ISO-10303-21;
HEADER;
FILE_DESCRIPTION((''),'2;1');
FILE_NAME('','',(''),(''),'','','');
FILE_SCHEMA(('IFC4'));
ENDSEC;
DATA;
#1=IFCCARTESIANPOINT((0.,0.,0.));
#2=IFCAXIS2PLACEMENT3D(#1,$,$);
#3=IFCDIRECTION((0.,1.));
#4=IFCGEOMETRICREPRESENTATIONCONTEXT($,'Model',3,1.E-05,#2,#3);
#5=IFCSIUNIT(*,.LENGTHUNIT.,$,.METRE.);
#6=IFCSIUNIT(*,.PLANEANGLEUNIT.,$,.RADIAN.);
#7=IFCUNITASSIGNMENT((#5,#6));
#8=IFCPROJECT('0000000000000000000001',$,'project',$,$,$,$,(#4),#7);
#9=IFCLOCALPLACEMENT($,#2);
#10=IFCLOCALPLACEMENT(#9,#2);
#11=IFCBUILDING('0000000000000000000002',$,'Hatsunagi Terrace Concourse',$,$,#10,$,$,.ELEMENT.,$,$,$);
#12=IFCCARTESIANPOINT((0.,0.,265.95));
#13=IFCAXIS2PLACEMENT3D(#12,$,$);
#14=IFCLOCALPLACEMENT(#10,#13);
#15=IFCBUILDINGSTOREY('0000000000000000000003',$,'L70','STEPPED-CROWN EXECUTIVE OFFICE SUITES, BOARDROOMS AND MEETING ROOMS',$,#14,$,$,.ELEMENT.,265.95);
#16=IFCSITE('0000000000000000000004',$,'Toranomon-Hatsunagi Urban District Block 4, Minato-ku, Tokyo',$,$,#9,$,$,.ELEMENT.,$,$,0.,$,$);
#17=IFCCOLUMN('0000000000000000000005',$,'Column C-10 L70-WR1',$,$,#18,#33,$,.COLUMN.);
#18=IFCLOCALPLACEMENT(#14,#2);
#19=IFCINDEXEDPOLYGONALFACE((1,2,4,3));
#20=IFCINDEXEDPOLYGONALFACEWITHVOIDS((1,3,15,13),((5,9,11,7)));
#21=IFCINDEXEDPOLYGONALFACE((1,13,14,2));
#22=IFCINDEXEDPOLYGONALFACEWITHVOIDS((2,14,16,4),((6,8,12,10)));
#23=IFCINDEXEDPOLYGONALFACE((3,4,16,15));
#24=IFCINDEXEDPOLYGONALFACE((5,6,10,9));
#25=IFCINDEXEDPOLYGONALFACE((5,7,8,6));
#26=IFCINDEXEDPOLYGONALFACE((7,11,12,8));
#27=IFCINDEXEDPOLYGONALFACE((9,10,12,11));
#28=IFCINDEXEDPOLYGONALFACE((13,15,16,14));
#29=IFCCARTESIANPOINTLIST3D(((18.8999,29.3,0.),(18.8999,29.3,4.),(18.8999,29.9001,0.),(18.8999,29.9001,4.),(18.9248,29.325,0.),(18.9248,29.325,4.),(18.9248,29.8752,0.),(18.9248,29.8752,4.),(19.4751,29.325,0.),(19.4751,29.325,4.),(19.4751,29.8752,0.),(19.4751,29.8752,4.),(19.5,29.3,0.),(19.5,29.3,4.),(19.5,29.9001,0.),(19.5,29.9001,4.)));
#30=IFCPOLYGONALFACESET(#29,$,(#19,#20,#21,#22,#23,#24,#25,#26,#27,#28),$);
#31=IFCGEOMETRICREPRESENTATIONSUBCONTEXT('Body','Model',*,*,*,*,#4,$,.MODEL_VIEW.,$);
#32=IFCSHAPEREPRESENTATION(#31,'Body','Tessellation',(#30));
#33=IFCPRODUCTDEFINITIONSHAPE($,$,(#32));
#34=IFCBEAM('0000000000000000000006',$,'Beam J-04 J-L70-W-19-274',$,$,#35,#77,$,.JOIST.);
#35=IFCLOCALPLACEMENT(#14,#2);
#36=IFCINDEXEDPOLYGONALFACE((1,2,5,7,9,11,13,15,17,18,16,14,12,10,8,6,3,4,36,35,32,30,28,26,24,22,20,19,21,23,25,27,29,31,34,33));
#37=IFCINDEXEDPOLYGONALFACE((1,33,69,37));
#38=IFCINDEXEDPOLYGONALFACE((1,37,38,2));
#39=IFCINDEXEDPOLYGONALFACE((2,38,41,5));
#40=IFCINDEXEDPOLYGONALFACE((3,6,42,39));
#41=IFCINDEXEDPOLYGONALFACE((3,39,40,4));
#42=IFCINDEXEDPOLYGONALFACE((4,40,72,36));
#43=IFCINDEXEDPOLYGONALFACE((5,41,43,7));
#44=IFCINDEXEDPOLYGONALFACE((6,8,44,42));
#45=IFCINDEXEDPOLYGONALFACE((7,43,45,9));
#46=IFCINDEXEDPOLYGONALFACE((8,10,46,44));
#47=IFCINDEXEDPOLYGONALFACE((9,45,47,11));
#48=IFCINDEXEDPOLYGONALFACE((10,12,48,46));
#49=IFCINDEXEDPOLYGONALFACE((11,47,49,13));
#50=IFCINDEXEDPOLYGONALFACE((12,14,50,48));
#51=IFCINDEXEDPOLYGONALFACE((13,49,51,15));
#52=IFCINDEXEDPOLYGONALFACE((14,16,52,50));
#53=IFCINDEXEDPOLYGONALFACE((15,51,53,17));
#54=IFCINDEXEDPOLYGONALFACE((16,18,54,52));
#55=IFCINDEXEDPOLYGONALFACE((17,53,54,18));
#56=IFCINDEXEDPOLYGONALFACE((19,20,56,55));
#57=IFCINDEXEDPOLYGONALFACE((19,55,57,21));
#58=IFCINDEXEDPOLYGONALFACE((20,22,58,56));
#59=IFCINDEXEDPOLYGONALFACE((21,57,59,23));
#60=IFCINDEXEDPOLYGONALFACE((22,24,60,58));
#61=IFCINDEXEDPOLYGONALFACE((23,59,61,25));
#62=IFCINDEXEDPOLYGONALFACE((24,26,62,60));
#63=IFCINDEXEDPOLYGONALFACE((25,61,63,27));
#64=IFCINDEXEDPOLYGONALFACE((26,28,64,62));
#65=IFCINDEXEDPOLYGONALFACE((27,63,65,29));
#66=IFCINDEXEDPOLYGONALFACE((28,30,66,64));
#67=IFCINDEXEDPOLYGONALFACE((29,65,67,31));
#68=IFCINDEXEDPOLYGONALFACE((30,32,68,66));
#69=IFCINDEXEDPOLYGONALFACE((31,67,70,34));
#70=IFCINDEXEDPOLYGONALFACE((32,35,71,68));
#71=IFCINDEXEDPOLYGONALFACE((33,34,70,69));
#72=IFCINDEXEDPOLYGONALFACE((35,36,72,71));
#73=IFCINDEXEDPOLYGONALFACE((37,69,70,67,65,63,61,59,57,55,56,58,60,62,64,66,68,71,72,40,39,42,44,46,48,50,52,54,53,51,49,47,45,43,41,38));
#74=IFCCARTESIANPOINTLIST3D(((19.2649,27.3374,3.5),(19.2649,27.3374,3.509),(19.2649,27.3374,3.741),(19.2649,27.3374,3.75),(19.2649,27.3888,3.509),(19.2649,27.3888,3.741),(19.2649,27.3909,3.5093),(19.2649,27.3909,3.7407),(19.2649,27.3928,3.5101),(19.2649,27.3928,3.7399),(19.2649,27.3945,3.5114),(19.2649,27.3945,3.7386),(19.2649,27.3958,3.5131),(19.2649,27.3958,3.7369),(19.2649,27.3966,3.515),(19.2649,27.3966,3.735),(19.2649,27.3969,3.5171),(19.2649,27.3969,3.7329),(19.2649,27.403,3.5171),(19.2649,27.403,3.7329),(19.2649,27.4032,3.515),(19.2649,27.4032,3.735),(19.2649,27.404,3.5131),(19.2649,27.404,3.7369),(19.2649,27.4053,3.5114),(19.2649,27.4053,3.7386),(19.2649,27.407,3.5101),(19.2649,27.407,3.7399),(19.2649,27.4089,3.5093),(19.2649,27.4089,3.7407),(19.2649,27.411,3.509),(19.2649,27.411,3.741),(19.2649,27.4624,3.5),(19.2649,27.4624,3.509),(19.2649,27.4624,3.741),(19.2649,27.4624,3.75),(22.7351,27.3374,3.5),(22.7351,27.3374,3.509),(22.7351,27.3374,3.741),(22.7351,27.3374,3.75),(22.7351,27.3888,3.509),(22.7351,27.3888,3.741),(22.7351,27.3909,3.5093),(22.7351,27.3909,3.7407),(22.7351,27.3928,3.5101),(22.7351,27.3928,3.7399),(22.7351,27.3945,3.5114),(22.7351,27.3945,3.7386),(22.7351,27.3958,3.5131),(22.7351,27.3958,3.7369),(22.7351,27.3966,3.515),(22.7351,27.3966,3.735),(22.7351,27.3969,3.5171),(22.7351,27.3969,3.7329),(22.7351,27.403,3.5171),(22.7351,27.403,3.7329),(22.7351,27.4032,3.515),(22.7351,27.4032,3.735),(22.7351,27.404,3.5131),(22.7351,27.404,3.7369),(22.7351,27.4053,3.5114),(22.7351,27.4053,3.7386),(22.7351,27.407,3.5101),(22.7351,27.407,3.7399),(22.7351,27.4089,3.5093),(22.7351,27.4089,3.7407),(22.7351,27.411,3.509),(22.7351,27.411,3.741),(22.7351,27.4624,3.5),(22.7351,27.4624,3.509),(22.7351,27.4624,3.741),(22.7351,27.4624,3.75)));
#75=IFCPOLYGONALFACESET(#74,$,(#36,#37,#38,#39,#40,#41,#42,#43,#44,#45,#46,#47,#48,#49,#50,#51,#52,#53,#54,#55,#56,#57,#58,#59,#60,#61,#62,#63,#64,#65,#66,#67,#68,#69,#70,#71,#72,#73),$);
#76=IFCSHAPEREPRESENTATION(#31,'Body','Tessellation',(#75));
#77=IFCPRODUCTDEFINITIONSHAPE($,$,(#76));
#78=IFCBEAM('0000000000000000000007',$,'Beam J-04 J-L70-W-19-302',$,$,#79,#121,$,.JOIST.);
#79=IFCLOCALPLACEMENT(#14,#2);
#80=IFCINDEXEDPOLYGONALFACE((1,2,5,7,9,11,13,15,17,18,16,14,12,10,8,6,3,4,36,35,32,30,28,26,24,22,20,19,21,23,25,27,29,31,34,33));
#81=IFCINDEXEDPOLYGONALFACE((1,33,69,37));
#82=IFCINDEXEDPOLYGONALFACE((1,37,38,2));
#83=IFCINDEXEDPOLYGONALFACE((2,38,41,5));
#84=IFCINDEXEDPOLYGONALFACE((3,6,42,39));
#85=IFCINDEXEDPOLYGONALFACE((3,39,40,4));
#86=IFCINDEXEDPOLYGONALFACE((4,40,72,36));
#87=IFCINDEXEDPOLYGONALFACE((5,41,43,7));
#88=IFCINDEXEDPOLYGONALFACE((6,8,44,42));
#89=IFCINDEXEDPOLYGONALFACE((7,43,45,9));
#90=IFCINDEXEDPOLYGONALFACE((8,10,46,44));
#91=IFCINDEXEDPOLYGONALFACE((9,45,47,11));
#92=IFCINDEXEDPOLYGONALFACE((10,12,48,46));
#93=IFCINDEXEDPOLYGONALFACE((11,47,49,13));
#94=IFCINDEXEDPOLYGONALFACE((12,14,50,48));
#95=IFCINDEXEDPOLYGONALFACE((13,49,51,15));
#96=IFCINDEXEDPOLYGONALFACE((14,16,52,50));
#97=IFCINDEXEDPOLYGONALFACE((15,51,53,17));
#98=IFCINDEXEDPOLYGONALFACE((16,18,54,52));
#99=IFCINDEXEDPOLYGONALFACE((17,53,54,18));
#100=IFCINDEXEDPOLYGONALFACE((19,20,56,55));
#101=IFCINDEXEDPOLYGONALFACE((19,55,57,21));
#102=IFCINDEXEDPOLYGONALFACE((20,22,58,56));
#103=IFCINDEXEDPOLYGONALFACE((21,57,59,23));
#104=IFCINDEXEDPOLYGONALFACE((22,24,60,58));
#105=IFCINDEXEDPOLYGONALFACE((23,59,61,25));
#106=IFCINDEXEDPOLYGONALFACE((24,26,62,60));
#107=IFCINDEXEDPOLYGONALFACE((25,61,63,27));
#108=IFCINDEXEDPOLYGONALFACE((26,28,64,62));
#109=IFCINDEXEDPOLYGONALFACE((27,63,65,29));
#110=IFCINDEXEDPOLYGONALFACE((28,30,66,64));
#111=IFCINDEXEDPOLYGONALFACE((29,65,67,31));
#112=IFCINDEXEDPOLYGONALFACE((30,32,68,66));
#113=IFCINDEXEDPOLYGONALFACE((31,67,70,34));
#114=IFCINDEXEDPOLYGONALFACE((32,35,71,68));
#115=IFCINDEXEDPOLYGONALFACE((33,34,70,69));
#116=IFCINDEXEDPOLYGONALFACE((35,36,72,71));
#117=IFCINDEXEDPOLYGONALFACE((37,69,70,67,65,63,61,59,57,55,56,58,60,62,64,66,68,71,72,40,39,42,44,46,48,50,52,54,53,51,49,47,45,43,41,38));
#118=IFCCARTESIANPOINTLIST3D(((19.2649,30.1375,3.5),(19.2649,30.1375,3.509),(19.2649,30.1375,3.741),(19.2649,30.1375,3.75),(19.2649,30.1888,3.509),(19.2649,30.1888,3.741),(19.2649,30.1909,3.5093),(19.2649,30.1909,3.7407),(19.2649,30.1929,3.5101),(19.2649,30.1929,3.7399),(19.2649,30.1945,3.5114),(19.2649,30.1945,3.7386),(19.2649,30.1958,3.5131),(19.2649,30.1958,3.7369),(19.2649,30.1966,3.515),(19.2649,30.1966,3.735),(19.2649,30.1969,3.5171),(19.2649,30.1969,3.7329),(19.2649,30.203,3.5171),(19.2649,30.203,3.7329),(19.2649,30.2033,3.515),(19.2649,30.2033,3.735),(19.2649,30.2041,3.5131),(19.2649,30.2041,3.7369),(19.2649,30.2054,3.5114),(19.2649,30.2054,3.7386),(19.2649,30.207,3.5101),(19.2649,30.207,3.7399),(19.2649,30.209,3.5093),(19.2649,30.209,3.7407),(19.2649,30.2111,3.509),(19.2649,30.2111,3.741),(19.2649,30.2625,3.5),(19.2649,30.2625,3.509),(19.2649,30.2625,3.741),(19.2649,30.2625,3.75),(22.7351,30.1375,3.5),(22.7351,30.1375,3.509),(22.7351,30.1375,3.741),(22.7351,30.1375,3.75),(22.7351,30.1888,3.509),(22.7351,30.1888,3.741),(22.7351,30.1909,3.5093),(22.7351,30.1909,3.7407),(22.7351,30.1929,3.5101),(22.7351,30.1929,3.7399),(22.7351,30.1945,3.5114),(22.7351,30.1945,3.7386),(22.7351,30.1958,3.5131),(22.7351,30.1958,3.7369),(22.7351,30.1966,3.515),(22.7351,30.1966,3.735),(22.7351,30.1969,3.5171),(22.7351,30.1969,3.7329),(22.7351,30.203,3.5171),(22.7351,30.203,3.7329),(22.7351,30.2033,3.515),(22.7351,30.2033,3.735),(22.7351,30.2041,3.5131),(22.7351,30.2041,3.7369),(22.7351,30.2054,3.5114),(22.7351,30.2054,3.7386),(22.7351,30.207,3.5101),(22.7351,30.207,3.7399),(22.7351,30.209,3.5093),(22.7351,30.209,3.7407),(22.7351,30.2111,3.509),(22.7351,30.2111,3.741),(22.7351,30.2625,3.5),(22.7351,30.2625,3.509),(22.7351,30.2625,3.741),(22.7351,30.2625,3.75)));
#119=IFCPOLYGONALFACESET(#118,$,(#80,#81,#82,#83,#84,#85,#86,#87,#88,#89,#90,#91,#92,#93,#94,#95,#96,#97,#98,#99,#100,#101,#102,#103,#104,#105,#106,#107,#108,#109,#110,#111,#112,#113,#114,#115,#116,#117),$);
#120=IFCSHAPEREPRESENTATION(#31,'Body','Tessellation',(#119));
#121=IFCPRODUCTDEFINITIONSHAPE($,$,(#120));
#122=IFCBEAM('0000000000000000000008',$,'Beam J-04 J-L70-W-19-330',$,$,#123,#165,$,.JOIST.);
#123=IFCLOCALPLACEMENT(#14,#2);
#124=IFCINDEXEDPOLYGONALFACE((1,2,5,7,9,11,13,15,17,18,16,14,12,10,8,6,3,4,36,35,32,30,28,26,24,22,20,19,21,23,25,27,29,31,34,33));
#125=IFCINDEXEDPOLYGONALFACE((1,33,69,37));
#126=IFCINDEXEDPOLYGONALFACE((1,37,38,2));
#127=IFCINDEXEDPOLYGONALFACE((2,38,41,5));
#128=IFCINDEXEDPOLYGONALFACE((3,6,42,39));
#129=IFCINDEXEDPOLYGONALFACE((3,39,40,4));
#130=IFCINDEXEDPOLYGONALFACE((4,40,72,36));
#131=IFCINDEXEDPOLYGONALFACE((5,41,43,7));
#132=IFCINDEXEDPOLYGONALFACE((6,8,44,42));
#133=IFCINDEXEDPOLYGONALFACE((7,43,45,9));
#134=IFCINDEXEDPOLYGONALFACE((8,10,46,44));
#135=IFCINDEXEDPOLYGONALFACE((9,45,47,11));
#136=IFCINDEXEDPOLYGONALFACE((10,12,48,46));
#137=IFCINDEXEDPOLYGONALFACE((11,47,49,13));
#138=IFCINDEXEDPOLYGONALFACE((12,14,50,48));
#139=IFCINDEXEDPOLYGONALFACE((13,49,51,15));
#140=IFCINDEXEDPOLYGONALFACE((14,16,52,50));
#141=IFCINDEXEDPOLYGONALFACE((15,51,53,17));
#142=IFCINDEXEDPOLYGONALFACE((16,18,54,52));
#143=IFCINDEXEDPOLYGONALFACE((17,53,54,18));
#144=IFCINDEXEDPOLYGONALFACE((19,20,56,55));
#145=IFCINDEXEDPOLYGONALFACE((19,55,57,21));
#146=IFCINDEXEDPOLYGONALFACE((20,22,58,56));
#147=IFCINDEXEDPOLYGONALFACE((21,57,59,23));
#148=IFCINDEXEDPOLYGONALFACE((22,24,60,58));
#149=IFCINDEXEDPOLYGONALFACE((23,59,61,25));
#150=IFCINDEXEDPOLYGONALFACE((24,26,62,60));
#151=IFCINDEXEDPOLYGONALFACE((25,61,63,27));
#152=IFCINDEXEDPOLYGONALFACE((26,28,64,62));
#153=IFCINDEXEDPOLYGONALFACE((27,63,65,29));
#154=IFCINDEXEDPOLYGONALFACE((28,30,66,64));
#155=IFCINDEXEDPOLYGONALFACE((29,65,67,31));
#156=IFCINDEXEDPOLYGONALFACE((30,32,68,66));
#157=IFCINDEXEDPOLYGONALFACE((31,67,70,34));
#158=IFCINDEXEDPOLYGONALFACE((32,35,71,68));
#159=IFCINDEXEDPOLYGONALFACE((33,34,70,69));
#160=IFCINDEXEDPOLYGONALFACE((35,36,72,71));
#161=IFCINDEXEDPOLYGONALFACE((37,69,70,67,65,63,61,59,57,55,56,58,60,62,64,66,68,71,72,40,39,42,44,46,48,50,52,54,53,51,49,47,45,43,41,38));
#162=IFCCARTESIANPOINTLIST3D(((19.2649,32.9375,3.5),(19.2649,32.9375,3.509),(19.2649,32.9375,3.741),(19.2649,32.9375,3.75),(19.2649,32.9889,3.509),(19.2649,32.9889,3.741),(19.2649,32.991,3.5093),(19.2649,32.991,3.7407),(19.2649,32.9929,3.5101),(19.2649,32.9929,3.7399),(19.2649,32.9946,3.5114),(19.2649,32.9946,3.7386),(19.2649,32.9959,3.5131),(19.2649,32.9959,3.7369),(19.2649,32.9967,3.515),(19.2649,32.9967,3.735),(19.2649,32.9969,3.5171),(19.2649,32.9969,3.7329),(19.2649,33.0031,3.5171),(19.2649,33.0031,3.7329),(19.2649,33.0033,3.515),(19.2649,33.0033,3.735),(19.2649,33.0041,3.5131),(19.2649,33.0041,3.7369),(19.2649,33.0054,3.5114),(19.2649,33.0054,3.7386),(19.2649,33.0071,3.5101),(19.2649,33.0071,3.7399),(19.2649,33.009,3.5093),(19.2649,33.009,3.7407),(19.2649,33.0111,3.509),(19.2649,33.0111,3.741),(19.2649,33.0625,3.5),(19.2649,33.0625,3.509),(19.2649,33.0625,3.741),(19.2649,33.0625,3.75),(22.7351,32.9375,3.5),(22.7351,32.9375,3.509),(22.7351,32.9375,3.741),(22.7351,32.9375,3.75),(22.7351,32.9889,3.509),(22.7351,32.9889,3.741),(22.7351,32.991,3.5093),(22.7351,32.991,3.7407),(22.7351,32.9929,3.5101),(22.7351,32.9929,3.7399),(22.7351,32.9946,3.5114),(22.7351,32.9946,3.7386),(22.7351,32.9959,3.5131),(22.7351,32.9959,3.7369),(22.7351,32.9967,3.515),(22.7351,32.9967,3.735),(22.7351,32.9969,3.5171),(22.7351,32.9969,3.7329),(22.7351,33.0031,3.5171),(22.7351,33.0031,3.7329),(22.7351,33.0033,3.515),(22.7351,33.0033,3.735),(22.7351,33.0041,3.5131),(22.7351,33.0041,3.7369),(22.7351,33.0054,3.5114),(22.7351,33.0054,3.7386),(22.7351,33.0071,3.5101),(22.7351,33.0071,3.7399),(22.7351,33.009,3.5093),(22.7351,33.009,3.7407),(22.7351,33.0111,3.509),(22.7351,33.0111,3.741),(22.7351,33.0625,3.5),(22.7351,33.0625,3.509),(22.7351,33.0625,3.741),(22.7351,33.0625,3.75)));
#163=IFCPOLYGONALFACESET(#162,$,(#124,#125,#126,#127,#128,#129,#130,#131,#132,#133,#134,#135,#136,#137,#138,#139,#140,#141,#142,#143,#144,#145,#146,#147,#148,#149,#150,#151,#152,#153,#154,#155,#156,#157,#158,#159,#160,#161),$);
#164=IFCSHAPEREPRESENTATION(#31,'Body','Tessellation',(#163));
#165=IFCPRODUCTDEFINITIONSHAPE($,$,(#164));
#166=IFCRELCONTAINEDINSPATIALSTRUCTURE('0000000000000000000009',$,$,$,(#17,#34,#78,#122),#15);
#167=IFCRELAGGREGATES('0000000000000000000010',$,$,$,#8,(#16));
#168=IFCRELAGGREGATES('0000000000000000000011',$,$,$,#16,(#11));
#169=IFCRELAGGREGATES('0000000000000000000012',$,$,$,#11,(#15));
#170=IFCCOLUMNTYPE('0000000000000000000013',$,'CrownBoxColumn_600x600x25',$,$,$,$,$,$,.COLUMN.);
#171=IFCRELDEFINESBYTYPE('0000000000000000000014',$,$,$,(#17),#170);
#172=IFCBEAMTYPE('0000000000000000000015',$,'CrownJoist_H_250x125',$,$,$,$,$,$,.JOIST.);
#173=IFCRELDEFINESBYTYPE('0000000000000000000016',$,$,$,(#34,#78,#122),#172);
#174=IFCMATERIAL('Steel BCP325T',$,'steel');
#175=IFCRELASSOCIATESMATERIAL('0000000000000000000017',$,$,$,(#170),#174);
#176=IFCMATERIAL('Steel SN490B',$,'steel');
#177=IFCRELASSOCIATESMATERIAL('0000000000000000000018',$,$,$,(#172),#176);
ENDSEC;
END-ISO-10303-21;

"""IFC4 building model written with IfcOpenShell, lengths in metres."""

from ifc_helpers import new_model, si_unit, direction, frame, origin, origin_2d, place, context, subcontext, project, spatial, hollow_rectangle, i_section, extrude, material, material_profile, profile_set, type_object, element, save


model = new_model("IFC4")

# Units and contexts
model_context = context("Model", 3, precision=1e-05, world=origin(), true_north=direction((0.0, 1.0)))
body_context = subcontext(model_context, "Body", "Model", "MODEL_VIEW")
ifc_project = project(units=[si_unit("LENGTHUNIT", "METRE"), si_unit("PLANEANGLEUNIT", "RADIAN")], contexts=[model_context])

# Site, building, storey
site_placement = place(None, origin())
site = spatial("IfcSite", under=ifc_project, at=site_placement, Name="Toranomon-Hatsunagi Urban District Block 4, Minato-ku, Tokyo", CompositionType="ELEMENT", RefElevation=0.0)
building_placement = place(site_placement, origin())
building = spatial("IfcBuilding", under=site, at=building_placement, Name="Hatsunagi Terrace Concourse", CompositionType="ELEMENT")
storey_placement = place(building_placement, frame((0.0, 0.0, 265.95)))
storey = spatial("IfcBuildingStorey", under=building, at=storey_placement, Name="L70", Description="STEPPED-CROWN EXECUTIVE OFFICE SUITES, BOARDROOMS AND MEETING ROOMS", CompositionType="ELEMENT", Elevation=265.95)

# Column
ifc_material_1 = material(Name="Steel BCP325T", Category="steel")
ifc_material_profile_1 = material_profile(ifc_material_1, hollow_rectangle(XDim=0.6001, YDim=0.6001, WallThickness=0.0249, at=origin_2d()), Name="BCP-600x600x25")
ifc_profile_set_1 = profile_set([ifc_material_profile_1], Name="Steel BCP325T")
column_type = type_object("IfcColumnType", Name="CrownBoxColumn_600x600x25", PredefinedType="COLUMN", material=ifc_profile_set_1)
column_placement = place(storey_placement, frame((19.2, 29.6001, 0.0), z_axis=(0.0, 0.0, 1.0), x_axis=(1.0, 0.0, 0.0)))
element("IfcColumn", 1, at=column_placement, inside=storey, type_object=column_type, Name="Column C-10 L70-WR1", PredefinedType="COLUMN", context=body_context, shape_type="SweptSolid", body=[
    extrude(hollow_rectangle(XDim=0.6001, YDim=0.6001, WallThickness=0.0249, at=origin_2d()), origin(), (0.0, 0.0, 1.0), 4.0),
])

# Beams
ifc_material_2 = material(Name="Steel SN490B", Category="steel")
ifc_material_profile_2 = material_profile(ifc_material_2, i_section(OverallWidth=0.125, OverallDepth=0.25, WebThickness=0.0061, FlangeThickness=0.009, FilletRadius=0.0081, at=origin_2d()), Name="H-250x125x6x9")
ifc_profile_set_2 = profile_set([ifc_material_profile_2], Name="Steel SN490B")
beam_type_1 = type_object("IfcBeamType", Name="CrownJoist_H_250x125", PredefinedType="JOIST", material=ifc_profile_set_2)
for number, where, z_axis, x_axis, name in (
    (2, (19.2649, 27.3999, 3.625), (1.0, 0.0, 0.0), (0.0, 1.0, 0.0), "Beam J-04 J-L70-W-19-274"),
    (3, (19.2649, 30.2, 3.625), (1.0, 0.0, 0.0), (0.0, 1.0, 0.0), "Beam J-04 J-L70-W-19-302"),
    (4, (19.2649, 33.0, 3.625), (1.0, 0.0, 0.0), (0.0, 1.0, 0.0), "Beam J-04 J-L70-W-19-330"),
):
    element("IfcBeam", number, at=place(storey_placement, frame(where, z_axis=z_axis, x_axis=x_axis)), inside=storey, type_object=beam_type_1, Name=name, PredefinedType="JOIST", context=body_context, shape_type="SweptSolid", body=[
        extrude(i_section(OverallWidth=0.125, OverallDepth=0.25, WebThickness=0.0061, FlangeThickness=0.009, FilletRadius=0.0081, at=origin_2d()), origin(), (0.0, 0.0, 1.0), 3.4702),
    ])

save(model, "model.ifc")
